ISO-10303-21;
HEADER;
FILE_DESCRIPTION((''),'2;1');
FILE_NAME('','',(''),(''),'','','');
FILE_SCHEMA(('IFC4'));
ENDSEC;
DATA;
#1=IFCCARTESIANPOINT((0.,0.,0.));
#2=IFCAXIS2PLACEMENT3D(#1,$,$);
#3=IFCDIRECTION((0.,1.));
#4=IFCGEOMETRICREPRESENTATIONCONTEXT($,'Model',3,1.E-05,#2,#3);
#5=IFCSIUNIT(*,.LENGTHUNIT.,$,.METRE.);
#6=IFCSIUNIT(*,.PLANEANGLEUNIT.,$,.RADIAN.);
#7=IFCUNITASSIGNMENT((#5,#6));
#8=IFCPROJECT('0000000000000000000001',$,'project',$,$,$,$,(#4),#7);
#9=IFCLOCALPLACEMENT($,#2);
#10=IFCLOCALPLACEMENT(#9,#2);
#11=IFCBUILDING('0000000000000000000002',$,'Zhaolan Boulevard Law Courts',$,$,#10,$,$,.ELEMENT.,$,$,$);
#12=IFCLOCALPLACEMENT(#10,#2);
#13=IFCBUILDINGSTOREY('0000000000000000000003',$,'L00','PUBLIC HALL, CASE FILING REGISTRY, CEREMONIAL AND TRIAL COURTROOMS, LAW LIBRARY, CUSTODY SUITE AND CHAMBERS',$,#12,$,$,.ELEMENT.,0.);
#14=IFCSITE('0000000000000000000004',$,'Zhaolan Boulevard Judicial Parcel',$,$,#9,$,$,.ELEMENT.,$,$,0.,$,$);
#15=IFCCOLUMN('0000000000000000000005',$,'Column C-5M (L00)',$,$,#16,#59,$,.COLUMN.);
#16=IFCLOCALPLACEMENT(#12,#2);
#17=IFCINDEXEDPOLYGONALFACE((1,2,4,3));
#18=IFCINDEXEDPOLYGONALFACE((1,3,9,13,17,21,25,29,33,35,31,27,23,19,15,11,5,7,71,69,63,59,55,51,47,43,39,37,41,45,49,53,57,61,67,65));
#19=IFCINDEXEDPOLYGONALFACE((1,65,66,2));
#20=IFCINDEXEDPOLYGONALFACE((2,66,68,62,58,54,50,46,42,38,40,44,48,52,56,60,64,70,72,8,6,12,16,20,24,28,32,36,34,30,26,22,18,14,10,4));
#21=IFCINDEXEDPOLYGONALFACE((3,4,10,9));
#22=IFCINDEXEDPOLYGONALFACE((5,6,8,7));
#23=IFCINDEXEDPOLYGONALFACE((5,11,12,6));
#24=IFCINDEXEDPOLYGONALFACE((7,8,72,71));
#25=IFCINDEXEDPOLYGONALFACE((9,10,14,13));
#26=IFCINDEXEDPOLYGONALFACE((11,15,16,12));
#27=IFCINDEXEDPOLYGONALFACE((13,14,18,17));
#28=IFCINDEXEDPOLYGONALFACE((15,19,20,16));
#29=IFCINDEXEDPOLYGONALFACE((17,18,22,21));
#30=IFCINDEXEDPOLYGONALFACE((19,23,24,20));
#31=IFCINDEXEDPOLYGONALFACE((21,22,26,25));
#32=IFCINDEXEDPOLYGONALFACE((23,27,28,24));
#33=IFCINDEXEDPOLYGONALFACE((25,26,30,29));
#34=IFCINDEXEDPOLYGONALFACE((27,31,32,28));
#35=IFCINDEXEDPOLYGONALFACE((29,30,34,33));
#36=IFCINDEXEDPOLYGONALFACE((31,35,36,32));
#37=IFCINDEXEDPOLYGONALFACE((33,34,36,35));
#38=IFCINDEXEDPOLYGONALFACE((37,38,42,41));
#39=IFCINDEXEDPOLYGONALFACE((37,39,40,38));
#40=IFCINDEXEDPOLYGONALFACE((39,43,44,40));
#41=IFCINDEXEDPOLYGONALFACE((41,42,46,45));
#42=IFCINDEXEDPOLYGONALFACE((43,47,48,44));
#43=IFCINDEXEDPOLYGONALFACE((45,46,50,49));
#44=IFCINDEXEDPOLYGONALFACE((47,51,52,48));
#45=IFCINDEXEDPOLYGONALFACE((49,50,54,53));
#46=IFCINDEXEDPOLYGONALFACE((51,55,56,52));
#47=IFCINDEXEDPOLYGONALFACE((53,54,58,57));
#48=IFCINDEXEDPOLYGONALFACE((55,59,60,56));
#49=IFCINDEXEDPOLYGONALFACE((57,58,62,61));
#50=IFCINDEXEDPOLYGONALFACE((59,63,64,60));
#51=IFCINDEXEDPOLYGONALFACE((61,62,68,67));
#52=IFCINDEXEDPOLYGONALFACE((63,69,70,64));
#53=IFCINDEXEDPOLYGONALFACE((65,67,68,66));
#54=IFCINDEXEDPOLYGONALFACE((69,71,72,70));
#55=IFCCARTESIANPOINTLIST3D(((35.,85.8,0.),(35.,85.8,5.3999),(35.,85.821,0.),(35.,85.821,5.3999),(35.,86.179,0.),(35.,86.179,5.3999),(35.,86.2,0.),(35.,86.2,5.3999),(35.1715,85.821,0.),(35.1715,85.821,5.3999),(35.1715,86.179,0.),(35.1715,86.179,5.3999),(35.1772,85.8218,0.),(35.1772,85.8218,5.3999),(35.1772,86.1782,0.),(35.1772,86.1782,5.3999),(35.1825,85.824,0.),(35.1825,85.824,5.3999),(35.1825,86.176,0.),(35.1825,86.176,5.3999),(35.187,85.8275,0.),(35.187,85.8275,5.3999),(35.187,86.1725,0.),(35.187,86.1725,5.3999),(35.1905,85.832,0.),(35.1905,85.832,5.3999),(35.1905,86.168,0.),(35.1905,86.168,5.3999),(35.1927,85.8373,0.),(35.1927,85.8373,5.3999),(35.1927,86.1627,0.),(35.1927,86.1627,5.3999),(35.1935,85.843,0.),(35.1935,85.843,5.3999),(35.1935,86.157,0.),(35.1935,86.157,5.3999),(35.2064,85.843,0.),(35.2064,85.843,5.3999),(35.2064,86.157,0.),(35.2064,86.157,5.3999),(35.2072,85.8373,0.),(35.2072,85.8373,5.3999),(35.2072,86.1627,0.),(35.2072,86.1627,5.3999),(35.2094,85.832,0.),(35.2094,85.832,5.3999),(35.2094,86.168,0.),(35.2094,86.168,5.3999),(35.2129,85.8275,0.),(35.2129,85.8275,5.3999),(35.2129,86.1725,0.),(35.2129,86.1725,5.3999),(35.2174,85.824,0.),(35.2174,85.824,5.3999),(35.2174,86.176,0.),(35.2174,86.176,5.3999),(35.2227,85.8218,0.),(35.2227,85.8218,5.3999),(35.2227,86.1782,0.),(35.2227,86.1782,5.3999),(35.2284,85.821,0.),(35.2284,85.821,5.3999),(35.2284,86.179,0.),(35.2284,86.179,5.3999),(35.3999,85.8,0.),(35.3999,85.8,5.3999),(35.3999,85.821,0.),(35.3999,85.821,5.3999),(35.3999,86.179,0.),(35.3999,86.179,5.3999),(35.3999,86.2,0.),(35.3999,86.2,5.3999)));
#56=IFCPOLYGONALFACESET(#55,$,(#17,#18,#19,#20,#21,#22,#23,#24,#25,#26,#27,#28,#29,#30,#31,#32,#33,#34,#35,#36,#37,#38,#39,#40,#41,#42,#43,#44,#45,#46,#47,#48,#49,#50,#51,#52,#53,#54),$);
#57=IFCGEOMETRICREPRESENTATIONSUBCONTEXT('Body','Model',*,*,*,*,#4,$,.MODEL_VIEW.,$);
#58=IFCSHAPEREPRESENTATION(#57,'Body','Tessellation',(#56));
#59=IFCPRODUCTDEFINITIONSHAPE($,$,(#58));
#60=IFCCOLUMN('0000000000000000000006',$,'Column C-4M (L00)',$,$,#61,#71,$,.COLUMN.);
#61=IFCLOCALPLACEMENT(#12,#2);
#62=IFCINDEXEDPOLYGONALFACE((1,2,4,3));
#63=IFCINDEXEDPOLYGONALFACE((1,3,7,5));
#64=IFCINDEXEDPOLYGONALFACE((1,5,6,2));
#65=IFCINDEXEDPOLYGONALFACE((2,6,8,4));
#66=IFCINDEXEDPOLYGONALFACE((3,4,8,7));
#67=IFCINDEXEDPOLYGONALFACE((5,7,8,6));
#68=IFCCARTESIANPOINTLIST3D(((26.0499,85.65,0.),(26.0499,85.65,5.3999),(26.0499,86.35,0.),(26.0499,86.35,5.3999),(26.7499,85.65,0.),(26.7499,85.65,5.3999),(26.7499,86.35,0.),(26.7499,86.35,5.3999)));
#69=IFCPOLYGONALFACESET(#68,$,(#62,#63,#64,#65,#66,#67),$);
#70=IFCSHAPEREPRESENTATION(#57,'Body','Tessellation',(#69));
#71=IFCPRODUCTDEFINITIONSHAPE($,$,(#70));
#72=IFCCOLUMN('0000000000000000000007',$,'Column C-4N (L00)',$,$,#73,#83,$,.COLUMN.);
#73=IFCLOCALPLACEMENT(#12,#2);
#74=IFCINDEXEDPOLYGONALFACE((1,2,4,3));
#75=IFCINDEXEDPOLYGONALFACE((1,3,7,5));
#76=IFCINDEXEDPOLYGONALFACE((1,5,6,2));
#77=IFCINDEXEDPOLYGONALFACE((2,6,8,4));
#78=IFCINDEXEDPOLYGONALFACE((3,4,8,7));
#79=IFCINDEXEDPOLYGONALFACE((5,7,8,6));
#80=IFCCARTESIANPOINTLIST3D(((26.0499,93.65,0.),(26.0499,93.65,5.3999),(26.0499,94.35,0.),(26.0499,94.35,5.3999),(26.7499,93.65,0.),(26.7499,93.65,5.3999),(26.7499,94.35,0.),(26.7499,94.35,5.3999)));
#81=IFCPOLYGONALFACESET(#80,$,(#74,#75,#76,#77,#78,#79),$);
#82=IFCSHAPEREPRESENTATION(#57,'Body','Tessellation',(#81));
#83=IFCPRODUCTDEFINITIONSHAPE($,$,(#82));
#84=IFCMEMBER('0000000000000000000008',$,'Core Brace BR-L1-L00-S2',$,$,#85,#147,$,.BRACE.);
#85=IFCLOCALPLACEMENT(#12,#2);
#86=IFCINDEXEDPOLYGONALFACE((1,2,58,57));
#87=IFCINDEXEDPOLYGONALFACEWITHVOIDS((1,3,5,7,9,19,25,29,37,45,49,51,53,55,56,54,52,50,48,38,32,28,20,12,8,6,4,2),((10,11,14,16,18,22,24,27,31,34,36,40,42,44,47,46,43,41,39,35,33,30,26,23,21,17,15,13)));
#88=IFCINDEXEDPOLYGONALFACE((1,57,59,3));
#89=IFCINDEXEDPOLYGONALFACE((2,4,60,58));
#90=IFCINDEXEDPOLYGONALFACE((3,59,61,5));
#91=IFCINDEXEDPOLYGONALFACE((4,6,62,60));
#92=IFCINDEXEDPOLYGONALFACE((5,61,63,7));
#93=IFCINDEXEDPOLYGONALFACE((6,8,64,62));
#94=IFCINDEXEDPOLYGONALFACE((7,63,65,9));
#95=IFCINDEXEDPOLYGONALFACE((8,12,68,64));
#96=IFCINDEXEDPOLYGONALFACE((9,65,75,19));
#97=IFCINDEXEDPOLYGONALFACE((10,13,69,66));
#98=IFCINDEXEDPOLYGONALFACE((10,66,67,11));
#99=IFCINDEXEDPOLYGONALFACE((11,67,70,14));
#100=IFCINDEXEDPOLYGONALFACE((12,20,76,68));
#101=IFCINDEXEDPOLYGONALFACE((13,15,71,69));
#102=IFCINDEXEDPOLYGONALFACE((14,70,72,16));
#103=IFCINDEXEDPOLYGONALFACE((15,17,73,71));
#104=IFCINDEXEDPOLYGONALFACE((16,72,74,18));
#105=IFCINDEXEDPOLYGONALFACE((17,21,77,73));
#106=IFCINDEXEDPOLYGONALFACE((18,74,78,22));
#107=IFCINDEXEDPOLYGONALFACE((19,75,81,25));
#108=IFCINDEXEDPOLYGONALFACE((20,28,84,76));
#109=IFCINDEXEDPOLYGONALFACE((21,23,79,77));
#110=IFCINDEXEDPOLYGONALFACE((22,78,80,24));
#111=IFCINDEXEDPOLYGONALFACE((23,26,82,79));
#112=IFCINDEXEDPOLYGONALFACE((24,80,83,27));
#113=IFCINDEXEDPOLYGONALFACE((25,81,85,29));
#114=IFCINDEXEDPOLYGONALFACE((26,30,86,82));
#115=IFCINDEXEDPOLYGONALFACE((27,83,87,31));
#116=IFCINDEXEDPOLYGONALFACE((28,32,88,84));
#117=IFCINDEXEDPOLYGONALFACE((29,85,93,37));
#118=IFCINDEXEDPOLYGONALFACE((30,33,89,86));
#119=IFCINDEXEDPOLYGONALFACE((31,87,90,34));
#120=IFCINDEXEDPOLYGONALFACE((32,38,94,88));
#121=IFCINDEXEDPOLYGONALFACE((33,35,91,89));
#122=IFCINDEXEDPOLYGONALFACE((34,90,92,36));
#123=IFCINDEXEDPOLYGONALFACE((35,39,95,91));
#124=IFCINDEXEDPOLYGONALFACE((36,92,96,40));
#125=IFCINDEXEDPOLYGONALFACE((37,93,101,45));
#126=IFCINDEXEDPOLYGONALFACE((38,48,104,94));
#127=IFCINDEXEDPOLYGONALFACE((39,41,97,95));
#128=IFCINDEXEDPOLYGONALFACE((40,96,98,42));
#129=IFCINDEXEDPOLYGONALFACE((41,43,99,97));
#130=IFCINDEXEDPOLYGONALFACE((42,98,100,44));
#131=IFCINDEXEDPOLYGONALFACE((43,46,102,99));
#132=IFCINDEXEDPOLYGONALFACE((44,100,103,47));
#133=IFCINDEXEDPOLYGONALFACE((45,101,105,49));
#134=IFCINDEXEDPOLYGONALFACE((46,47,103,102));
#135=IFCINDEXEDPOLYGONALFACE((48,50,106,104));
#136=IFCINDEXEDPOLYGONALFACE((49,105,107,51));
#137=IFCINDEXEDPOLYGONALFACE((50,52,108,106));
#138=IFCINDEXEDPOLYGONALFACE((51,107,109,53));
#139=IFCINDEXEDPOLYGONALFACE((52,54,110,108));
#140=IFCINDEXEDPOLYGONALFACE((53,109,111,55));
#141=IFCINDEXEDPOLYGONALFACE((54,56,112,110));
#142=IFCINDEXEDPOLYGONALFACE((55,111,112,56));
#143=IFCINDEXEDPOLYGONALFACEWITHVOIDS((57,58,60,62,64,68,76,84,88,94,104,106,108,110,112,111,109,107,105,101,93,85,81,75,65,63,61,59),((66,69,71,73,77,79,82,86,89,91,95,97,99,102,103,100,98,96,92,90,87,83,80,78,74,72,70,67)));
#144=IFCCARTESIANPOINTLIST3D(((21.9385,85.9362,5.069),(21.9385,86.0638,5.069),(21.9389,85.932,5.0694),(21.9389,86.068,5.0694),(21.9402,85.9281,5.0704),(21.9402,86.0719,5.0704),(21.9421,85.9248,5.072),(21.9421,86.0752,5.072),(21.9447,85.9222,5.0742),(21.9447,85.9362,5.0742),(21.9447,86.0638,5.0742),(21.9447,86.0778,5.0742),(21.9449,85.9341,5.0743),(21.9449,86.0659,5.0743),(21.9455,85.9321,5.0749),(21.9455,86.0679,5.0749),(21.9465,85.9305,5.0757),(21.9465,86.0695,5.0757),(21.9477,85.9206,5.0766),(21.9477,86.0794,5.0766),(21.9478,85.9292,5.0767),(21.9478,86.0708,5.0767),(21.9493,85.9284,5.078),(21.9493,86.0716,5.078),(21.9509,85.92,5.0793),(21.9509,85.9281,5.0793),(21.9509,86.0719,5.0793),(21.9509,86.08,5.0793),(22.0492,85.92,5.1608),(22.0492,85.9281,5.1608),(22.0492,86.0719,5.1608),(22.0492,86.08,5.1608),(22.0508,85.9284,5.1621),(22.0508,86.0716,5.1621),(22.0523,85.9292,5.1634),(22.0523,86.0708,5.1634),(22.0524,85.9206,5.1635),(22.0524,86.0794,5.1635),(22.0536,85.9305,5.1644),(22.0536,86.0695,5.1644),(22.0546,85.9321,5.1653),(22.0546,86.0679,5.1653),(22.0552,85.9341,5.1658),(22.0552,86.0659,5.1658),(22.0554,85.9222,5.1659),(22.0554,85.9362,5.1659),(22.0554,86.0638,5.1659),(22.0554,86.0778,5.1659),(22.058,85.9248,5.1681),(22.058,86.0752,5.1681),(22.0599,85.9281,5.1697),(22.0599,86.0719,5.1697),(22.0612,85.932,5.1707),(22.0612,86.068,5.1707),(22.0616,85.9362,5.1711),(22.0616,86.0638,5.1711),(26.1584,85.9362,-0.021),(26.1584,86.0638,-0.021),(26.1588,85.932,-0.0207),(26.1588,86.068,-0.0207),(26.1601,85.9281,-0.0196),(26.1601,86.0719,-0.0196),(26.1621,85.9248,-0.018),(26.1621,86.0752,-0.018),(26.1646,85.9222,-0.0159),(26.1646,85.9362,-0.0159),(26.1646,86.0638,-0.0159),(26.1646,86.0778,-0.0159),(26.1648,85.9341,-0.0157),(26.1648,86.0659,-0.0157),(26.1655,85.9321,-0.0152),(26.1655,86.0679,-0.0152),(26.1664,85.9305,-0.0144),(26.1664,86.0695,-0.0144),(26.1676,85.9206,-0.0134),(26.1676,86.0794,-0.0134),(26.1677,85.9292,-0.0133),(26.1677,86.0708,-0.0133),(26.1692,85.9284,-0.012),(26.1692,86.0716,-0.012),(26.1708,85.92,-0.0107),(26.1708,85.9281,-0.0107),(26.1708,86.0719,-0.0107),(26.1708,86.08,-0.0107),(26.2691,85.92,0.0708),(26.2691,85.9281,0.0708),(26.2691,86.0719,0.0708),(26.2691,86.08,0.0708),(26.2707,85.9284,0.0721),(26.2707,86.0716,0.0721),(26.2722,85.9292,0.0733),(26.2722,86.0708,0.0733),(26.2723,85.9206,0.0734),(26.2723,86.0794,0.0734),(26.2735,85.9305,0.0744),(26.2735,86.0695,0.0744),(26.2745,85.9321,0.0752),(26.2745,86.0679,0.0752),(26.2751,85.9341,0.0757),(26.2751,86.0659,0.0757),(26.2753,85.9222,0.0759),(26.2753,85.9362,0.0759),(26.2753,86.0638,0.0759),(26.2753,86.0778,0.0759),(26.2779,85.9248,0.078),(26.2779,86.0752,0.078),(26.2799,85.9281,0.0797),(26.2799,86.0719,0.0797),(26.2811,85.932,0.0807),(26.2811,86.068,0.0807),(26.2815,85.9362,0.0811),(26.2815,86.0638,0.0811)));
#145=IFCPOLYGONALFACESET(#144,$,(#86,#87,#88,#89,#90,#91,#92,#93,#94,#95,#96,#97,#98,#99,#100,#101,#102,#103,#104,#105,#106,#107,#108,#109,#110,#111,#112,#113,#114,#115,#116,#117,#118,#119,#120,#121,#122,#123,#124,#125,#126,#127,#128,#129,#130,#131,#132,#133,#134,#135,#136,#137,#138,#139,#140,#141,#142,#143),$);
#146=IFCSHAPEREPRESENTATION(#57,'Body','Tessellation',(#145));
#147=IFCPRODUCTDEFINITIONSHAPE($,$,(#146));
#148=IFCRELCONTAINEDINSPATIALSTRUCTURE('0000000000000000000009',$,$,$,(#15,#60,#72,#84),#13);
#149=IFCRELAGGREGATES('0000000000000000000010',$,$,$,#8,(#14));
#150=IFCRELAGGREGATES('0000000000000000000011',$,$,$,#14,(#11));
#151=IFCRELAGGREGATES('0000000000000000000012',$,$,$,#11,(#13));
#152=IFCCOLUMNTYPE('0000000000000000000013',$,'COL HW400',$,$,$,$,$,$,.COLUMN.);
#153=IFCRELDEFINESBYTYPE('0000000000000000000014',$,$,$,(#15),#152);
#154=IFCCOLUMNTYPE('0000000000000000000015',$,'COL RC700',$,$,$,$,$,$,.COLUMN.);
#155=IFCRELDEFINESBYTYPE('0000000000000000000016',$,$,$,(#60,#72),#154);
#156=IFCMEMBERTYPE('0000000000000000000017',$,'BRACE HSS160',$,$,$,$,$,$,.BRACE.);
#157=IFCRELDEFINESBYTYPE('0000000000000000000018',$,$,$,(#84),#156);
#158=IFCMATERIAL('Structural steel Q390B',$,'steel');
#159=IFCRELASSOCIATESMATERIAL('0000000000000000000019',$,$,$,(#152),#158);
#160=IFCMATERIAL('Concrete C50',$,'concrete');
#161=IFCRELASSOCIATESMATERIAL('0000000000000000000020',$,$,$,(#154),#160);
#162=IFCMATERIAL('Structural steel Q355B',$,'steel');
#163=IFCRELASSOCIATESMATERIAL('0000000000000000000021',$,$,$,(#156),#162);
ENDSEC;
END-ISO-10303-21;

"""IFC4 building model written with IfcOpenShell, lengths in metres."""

from ifc_helpers import new_model, si_unit, direction, frame, origin, origin_2d, place, context, subcontext, project, spatial, rectangle, hollow_rectangle, i_section, extrude, material, material_profile, profile_set, type_object, element, save


model = new_model("IFC4")

# Units and contexts
model_context = context("Model", 3, precision=1e-05, world=origin(), true_north=direction((0.0, 1.0)))
body_context = subcontext(model_context, "Body", "Model", "MODEL_VIEW")
ifc_project = project(units=[si_unit("LENGTHUNIT", "METRE"), si_unit("PLANEANGLEUNIT", "RADIAN")], contexts=[model_context])

# Site, building, storey
site_placement = place(None, origin())
site = spatial("IfcSite", under=ifc_project, at=site_placement, Name="Zhaolan Boulevard Judicial Parcel", CompositionType="ELEMENT", RefElevation=0.0)
building_placement = place(site_placement, origin())
building = spatial("IfcBuilding", under=site, at=building_placement, Name="Zhaolan Boulevard Law Courts", CompositionType="ELEMENT")
storey_placement = place(building_placement, origin())
storey = spatial("IfcBuildingStorey", under=building, at=storey_placement, Name="L00", Description="PUBLIC HALL, CASE FILING REGISTRY, CEREMONIAL AND TRIAL COURTROOMS, LAW LIBRARY, CUSTODY SUITE AND CHAMBERS", CompositionType="ELEMENT", Elevation=0.0)

# Columns
ifc_material_1 = material(Name="Structural steel Q390B", Category="steel")
ifc_material_profile_1 = material_profile(ifc_material_1, i_section(OverallWidth=0.3999, OverallDepth=0.3999, WebThickness=0.0129, FlangeThickness=0.021, FilletRadius=0.022, at=origin_2d()), Name="HW400x400")
ifc_profile_set_1 = profile_set([ifc_material_profile_1], Name="Structural steel Q390B")
column_type_1 = type_object("IfcColumnType", Name="COL HW400", PredefinedType="COLUMN", material=ifc_profile_set_1)
column_placement = place(storey_placement, frame((35.2, 86.0, 0.0), z_axis=(0.0, 0.0, 1.0), x_axis=(1.0, 0.0, 0.0)))
element("IfcColumn", 1, at=column_placement, inside=storey, type_object=column_type_1, Name="Column C-5M (L00)", PredefinedType="COLUMN", context=body_context, shape_type="SweptSolid", body=[
    extrude(i_section(OverallWidth=0.3999, OverallDepth=0.3999, WebThickness=0.0129, FlangeThickness=0.021, FilletRadius=0.022, at=origin_2d()), origin(), (0.0, 0.0, 1.0), 5.3999),
])
ifc_material_2 = material(Name="Concrete C50", Category="concrete")
ifc_material_profile_2 = material_profile(ifc_material_2, rectangle(XDim=0.7, YDim=0.7, at=origin_2d()), Name="RC700x700")
ifc_profile_set_2 = profile_set([ifc_material_profile_2], Name="Concrete C50")
column_type_2 = type_object("IfcColumnType", Name="COL RC700", PredefinedType="COLUMN", material=ifc_profile_set_2)
for number, where, z_axis, x_axis, name in (
    (2, (26.3999, 86.0, 0.0), (0.0, 0.0, 1.0), (1.0, 0.0, 0.0), "Column C-4M (L00)"),
    (3, (26.3999, 94.0, 0.0), (0.0, 0.0, 1.0), (1.0, 0.0, 0.0), "Column C-4N (L00)"),
):
    element("IfcColumn", number, at=place(storey_placement, frame(where, z_axis=z_axis, x_axis=x_axis)), inside=storey, type_object=column_type_2, Name=name, PredefinedType="COLUMN", context=body_context, shape_type="SweptSolid", body=[
        extrude(rectangle(XDim=0.7, YDim=0.7, at=origin_2d()), origin(), (0.0, 0.0, 1.0), 5.3999),
    ])

# Member
ifc_material_3 = material(Name="Structural steel Q355B", Category="steel")
ifc_material_profile_3 = material_profile(ifc_material_3, hollow_rectangle(XDim=0.1599, YDim=0.1599, WallThickness=0.0081, InnerFilletRadius=0.0081, OuterFilletRadius=0.0161, at=origin_2d()), Name="HSS160x160x8")
ifc_profile_set_3 = profile_set([ifc_material_profile_3], Name="Structural steel Q355B")
member_type_1 = type_object("IfcMemberType", Name="BRACE HSS160", PredefinedType="BRACE", material=ifc_profile_set_3)
member_1_placement = place(storey_placement, frame((26.22, 86.0, 0.03), z_axis=(-0.638239, 0.0, 0.769838), x_axis=(0.0, -1.0, 0.0)))
element("IfcMember", 4, at=member_1_placement, inside=storey, type_object=member_type_1, Name="Core Brace BR-L1-L00-S2", PredefinedType="BRACE", context=body_context, shape_type="SweptSolid", body=[
    extrude(hollow_rectangle(XDim=0.1599, YDim=0.1599, WallThickness=0.0081, InnerFilletRadius=0.0081, OuterFilletRadius=0.0161, at=origin_2d()), origin(), (0.0, 0.0, 1.0), 6.6118),
])

save(model, "model.ifc")
